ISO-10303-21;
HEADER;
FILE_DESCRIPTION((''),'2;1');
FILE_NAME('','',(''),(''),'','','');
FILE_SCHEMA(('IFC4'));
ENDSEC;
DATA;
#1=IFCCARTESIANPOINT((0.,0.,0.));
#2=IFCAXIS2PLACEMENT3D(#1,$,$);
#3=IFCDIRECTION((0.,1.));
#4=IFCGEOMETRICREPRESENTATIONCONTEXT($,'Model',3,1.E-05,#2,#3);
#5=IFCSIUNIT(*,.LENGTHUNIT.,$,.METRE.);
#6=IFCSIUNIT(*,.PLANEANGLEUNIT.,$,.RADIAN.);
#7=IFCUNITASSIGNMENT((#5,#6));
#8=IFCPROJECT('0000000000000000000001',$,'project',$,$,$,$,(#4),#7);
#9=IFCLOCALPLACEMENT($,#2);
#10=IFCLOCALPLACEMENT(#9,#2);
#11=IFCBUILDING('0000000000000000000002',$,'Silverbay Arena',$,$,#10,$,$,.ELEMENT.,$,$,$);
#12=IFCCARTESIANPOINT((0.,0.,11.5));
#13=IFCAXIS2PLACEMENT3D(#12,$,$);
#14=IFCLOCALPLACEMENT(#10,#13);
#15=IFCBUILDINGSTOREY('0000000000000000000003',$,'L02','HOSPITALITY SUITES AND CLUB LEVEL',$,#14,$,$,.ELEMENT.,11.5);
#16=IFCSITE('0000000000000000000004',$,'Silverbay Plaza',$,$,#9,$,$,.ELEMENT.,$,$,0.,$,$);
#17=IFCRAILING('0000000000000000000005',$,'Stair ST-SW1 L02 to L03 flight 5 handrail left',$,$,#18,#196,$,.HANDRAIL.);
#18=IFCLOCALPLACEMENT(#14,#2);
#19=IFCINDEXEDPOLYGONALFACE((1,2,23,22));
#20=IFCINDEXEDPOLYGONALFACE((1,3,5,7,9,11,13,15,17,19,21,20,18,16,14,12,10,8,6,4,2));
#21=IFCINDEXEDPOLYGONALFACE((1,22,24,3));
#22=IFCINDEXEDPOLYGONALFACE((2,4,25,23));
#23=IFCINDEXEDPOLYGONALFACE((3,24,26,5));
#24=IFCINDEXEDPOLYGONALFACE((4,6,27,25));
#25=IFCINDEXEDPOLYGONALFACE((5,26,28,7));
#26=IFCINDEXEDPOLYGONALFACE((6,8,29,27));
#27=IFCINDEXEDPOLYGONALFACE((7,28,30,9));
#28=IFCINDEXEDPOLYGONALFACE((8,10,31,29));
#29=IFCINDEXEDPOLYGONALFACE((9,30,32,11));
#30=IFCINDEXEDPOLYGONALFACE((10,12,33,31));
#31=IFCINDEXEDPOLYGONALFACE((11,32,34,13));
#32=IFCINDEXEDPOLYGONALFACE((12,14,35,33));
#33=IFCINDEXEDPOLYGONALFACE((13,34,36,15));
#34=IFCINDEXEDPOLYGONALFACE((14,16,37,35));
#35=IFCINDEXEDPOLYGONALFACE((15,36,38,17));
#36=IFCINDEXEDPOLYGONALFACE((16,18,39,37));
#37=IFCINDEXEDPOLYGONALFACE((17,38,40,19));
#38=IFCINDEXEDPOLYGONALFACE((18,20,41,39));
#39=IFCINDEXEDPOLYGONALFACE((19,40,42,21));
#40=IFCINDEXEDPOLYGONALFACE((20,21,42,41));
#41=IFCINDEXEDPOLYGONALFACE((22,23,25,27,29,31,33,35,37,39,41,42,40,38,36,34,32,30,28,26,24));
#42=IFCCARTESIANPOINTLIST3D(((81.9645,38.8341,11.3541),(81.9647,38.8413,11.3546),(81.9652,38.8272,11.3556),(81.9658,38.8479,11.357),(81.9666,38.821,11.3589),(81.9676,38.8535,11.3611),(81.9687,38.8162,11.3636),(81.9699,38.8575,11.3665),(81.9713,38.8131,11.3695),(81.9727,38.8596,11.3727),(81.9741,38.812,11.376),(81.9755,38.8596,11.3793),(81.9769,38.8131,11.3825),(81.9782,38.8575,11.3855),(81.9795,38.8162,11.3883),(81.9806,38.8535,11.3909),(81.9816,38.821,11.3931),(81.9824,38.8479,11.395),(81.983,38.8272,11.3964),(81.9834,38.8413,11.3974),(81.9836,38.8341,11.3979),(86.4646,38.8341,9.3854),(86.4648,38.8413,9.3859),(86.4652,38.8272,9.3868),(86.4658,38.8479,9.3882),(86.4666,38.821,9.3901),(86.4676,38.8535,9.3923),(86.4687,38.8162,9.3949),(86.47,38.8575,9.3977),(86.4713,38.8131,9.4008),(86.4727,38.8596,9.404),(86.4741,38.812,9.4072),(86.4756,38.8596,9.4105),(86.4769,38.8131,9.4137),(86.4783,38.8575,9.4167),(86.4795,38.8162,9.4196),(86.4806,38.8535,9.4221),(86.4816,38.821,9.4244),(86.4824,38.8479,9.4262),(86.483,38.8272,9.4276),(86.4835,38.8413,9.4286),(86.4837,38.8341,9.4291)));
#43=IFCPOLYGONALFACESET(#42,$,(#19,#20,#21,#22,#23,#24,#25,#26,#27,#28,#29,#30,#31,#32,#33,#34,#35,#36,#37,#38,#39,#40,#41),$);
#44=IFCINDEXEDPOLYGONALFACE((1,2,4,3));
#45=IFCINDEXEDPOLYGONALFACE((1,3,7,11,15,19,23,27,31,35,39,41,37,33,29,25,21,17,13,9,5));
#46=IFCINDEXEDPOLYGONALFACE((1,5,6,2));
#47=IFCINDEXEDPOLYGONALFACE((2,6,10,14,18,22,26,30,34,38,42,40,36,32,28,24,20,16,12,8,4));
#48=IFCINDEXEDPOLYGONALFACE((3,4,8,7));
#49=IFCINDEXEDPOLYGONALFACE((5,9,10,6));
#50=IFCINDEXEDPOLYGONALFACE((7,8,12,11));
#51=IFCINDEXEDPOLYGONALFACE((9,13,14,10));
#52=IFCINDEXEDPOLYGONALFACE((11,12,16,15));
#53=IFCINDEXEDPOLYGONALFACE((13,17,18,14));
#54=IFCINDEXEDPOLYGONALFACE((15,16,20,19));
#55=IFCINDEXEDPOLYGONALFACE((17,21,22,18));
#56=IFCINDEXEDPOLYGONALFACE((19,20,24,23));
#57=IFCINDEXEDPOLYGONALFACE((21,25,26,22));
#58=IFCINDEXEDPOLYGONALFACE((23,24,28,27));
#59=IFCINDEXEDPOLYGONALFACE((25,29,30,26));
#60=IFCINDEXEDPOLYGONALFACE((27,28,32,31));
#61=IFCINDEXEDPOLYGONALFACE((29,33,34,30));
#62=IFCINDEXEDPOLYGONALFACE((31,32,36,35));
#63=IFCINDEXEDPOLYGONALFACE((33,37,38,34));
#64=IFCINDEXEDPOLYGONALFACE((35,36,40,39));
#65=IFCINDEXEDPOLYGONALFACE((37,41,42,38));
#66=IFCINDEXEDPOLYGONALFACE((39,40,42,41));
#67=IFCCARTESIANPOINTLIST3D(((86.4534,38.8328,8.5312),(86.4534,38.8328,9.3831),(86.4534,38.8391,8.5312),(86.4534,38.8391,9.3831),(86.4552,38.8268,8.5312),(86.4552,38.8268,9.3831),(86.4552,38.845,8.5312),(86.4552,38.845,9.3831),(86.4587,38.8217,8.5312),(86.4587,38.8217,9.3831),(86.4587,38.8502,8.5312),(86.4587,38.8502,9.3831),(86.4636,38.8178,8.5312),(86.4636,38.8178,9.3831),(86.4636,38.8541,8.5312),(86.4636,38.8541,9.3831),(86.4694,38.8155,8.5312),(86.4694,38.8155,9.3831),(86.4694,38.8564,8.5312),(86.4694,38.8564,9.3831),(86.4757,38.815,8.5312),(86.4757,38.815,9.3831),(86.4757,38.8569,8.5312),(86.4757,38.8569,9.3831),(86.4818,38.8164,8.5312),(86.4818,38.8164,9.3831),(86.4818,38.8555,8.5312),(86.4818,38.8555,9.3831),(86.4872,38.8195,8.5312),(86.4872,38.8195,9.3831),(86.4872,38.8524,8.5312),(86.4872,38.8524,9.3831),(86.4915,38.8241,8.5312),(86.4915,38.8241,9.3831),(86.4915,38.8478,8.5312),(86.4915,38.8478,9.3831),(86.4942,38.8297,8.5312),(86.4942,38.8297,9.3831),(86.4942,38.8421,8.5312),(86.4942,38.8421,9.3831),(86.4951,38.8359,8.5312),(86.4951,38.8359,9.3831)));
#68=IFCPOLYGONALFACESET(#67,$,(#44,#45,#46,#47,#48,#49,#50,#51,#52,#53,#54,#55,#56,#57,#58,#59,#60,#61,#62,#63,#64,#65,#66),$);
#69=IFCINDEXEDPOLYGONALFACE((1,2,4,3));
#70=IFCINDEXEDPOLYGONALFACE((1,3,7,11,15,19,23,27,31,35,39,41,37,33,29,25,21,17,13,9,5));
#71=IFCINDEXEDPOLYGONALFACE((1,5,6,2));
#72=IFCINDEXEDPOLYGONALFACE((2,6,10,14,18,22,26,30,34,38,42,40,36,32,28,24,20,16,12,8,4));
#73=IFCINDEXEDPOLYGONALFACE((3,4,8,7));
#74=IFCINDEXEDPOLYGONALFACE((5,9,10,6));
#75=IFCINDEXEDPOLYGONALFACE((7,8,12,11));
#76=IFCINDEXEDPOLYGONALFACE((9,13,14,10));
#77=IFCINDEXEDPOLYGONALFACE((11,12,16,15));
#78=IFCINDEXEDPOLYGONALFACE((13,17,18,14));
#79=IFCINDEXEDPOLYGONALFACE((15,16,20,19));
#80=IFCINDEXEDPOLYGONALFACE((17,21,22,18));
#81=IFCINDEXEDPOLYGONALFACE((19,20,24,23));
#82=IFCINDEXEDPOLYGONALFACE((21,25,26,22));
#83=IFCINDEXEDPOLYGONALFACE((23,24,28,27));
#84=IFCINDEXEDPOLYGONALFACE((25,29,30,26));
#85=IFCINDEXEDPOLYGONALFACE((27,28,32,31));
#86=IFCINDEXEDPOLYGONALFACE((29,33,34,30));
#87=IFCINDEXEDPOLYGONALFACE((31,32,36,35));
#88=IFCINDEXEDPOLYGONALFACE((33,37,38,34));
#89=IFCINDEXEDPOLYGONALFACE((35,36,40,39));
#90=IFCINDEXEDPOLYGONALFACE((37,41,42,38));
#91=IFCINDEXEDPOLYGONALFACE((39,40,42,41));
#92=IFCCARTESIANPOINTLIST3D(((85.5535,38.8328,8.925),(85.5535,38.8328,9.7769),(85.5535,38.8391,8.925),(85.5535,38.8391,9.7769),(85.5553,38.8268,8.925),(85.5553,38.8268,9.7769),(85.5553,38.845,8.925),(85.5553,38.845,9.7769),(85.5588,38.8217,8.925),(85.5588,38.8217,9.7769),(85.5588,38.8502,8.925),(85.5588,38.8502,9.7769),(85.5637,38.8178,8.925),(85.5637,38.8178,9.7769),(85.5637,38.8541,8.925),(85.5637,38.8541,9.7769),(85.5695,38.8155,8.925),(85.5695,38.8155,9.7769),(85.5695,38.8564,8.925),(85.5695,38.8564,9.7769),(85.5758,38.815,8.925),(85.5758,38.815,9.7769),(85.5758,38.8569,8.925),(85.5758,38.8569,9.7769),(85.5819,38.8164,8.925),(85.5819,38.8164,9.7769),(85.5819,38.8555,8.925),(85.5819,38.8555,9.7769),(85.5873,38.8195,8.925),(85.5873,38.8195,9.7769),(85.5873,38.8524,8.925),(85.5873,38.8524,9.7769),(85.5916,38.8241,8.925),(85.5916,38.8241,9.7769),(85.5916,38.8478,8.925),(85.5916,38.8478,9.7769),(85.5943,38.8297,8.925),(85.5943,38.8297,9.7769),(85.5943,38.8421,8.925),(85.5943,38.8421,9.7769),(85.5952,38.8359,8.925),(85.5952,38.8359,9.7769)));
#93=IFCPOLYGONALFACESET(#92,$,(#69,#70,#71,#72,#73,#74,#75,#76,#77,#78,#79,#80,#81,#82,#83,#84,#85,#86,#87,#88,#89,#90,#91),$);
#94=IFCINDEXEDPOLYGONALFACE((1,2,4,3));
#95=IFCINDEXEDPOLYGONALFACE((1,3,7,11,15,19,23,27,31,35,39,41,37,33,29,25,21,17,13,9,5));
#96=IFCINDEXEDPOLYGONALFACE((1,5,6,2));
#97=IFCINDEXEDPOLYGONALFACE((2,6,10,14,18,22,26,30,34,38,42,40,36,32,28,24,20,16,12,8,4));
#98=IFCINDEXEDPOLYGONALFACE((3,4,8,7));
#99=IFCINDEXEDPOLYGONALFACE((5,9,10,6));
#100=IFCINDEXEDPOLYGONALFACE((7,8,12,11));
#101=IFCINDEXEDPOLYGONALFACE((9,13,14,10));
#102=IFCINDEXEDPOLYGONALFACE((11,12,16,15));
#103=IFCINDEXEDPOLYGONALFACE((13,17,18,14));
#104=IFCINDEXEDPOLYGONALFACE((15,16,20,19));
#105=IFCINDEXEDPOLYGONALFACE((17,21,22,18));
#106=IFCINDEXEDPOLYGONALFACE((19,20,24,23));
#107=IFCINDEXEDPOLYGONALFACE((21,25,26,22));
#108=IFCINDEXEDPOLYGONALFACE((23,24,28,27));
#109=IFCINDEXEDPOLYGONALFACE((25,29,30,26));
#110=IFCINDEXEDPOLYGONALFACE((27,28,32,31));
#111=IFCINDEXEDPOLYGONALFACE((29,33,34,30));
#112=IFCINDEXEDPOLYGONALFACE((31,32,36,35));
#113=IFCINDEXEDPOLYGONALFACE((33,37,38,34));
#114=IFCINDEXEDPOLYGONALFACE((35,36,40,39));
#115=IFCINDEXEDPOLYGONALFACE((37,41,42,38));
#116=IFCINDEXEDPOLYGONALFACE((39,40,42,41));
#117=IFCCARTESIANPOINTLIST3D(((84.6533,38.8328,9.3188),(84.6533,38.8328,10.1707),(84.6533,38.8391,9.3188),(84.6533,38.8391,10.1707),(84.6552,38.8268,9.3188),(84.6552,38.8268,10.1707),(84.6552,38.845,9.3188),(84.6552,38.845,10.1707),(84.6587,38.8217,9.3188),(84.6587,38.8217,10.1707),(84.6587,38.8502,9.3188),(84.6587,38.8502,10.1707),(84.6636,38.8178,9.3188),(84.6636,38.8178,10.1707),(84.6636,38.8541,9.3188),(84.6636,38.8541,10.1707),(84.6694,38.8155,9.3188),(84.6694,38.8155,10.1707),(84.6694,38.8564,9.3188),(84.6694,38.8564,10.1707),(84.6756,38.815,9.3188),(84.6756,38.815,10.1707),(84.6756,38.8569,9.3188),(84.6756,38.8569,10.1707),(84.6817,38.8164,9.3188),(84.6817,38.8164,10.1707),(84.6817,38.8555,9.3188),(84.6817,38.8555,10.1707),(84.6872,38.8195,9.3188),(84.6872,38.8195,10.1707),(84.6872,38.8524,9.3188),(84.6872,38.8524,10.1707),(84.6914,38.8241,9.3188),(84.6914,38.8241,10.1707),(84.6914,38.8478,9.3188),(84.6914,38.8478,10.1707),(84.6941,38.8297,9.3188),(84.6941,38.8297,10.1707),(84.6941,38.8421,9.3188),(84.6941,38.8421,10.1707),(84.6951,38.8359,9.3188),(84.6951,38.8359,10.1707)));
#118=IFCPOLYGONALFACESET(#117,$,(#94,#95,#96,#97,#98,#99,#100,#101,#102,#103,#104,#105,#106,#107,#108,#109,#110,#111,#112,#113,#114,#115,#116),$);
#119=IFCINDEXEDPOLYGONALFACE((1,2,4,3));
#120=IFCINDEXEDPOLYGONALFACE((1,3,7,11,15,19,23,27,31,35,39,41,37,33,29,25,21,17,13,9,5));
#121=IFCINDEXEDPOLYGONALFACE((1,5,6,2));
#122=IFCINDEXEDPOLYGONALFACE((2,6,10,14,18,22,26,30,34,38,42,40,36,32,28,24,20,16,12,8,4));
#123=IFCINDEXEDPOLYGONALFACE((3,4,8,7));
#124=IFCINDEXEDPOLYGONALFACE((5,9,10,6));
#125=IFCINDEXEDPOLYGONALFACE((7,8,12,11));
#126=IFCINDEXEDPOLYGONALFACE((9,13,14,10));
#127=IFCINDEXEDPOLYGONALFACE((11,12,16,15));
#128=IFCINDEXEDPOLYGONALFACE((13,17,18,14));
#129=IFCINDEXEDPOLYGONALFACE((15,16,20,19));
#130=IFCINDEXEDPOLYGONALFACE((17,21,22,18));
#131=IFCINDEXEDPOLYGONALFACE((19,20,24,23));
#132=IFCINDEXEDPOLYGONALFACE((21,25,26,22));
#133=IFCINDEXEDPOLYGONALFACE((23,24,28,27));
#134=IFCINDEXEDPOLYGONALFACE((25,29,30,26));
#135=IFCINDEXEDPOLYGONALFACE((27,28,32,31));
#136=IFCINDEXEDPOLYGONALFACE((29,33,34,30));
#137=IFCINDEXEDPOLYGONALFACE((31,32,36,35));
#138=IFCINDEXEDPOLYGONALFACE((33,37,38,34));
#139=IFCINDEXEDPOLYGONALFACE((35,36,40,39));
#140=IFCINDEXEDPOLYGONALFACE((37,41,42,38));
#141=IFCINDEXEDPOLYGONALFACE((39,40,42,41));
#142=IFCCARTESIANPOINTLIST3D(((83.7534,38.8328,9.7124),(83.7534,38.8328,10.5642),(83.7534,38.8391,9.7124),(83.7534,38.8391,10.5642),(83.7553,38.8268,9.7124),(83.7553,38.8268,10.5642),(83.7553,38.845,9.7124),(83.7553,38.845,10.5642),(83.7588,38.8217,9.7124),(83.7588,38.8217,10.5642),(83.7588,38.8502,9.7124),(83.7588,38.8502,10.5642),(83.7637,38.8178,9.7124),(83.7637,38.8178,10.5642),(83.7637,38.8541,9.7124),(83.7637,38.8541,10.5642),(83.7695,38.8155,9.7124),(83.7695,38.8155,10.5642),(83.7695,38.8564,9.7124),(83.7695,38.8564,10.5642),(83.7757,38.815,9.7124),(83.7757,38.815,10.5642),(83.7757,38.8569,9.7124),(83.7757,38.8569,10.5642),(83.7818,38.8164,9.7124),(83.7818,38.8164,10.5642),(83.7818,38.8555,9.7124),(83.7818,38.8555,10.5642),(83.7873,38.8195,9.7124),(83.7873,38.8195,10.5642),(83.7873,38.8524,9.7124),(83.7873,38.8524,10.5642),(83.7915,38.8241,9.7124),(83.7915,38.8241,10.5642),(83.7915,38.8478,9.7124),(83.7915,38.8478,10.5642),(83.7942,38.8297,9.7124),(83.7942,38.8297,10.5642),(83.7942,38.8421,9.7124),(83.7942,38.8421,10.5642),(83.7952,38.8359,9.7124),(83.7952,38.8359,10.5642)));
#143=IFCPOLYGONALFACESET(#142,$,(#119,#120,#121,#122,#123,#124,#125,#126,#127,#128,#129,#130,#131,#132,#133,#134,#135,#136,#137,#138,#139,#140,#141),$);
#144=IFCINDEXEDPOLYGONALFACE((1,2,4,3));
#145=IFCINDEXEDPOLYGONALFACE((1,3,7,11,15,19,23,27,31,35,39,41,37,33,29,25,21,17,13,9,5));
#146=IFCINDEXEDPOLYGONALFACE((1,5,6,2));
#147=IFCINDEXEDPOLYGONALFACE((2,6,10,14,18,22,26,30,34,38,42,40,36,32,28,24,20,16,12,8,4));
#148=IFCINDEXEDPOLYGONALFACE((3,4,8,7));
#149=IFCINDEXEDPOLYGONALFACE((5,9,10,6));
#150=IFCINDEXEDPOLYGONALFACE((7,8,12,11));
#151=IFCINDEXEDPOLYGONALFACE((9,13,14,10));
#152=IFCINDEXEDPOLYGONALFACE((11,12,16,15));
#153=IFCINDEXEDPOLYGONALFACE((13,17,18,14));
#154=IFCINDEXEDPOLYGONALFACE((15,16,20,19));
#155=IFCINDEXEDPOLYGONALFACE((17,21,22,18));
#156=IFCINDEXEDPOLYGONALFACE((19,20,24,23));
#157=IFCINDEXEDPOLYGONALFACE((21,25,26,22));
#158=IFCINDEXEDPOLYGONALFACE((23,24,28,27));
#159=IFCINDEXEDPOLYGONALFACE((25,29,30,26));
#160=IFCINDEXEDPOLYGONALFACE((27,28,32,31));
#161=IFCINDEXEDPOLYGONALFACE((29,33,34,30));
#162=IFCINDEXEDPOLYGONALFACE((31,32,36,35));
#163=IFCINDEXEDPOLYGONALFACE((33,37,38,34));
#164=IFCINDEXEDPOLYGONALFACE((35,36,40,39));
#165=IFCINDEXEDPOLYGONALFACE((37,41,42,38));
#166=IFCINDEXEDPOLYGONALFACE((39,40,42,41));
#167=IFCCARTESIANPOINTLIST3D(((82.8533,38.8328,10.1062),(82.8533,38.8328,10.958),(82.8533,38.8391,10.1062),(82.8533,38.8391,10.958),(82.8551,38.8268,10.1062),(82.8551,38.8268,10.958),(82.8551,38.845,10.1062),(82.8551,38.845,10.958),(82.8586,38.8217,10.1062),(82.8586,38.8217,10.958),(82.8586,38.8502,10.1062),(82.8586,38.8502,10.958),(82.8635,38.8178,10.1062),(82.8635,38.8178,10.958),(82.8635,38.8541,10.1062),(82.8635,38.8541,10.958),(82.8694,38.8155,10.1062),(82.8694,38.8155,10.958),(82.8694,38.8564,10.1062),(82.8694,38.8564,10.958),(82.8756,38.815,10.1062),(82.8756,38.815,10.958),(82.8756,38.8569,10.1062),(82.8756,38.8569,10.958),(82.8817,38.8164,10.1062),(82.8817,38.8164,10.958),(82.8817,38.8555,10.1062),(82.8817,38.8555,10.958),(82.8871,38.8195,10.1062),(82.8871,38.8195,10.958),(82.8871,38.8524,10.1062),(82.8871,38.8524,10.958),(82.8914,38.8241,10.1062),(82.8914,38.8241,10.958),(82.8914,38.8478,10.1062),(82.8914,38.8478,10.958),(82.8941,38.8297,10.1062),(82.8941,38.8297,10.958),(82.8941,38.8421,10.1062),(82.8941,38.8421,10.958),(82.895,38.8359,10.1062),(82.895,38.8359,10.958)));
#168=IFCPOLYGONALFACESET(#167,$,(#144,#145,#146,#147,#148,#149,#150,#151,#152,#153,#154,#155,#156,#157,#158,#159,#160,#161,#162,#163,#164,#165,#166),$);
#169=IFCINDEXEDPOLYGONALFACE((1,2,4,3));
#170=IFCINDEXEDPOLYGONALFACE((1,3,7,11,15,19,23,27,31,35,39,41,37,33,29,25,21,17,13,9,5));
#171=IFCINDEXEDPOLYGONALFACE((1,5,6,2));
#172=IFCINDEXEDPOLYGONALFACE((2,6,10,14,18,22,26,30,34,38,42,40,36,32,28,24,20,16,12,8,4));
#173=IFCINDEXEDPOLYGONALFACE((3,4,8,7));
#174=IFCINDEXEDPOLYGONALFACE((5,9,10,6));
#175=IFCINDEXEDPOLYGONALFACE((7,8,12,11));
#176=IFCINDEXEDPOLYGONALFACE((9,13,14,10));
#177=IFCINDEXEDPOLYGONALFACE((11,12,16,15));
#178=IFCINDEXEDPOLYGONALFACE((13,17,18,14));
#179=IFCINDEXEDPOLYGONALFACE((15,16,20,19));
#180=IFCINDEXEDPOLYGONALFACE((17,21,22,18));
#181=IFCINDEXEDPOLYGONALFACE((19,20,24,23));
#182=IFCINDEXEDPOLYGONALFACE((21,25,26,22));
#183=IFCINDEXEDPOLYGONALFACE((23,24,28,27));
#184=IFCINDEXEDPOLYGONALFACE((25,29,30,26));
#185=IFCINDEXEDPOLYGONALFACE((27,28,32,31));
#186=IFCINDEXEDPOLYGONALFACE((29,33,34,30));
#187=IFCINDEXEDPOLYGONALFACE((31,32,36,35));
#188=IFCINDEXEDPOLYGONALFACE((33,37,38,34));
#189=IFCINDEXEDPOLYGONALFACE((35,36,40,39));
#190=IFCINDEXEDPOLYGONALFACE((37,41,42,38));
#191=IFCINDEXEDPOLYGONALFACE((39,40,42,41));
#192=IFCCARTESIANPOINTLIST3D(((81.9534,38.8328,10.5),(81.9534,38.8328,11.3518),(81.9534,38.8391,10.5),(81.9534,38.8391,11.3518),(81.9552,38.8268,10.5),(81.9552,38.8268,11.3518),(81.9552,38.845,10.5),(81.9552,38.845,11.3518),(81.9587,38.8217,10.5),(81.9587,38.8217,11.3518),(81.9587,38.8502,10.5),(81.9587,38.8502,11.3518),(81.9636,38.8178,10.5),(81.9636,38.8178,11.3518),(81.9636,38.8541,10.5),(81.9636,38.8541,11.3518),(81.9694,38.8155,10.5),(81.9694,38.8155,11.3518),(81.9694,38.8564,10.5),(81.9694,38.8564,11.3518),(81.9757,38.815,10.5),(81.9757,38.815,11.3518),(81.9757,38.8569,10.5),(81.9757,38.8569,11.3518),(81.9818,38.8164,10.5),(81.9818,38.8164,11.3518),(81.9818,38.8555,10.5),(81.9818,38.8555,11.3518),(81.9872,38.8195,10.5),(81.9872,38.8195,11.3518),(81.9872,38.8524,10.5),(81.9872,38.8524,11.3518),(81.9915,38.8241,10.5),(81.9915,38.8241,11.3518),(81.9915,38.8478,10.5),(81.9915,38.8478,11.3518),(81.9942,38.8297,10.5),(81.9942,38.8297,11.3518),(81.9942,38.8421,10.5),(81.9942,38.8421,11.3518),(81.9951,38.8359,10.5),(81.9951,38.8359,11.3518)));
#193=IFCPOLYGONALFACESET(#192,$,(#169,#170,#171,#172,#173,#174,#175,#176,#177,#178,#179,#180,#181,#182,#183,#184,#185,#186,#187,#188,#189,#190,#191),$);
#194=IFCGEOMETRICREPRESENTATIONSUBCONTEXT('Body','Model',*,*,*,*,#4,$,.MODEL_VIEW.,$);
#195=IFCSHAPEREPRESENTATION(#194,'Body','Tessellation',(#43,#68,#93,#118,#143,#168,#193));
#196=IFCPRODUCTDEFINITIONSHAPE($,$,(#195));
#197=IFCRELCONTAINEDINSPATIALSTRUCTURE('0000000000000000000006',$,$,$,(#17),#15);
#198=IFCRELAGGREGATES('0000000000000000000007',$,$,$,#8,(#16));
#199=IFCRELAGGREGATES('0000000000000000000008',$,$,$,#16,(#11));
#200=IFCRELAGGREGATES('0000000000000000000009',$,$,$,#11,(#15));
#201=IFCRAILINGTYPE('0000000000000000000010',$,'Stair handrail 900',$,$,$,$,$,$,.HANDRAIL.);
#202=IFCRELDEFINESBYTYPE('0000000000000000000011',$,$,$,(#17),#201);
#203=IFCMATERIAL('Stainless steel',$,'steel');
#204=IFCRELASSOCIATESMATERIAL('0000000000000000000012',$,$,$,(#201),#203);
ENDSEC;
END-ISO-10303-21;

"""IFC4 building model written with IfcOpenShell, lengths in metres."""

from ifc_helpers import new_model, si_unit, direction, frame, origin, origin_2d, place, context, subcontext, project, spatial, circle, extrude, material, type_object, element, save


model = new_model("IFC4")

# Units and contexts
model_context = context("Model", 3, precision=1e-05, world=origin(), true_north=direction((0.0, 1.0)))
body_context = subcontext(model_context, "Body", "Model", "MODEL_VIEW")
ifc_project = project(units=[si_unit("LENGTHUNIT", "METRE"), si_unit("PLANEANGLEUNIT", "RADIAN")], contexts=[model_context])

# Site, building, storey
site_placement = place(None, origin())
site = spatial("IfcSite", under=ifc_project, at=site_placement, Name="Silverbay Plaza", CompositionType="ELEMENT", RefElevation=0.0)
building_placement = place(site_placement, origin())
building = spatial("IfcBuilding", under=site, at=building_placement, Name="Silverbay Arena", CompositionType="ELEMENT")
storey_placement = place(building_placement, frame((0.0, 0.0, 11.5)))
storey = spatial("IfcBuildingStorey", under=building, at=storey_placement, Name="L02", Description="HOSPITALITY SUITES AND CLUB LEVEL", CompositionType="ELEMENT", Elevation=11.5)

# Railing
ifc_material_1 = material(Name="Stainless steel", Category="steel")
railing_type_1 = type_object("IfcRailingType", Name="Stair handrail 900", PredefinedType="HANDRAIL", material=ifc_material_1)
for number, where, name in (
    (1, (86.4741, 38.8359, 8.5312), "Stair ST-SW1 L02 to L03 flight 5 handrail left"),
):
    element("IfcRailing", number, at=place(storey_placement, frame(where)), inside=storey, type_object=railing_type_1, Name=name, PredefinedType="HANDRAIL", context=body_context, shape_type="SweptSolid", body=[
        extrude(circle(Radius=0.0239, at=origin_2d()), frame((0.0, 0.0, 0.876), z_axis=(-0.916157, 0.0, 0.400819), x_axis=(0.0, -1.0, 0.0)), (0.0, 0.0, 1.0), 4.9119),
        extrude(circle(Radius=0.021, at=origin_2d()), origin(), (0.0, 0.0, 1.0), 0.8518),
        extrude(circle(Radius=0.021, at=origin_2d()), frame((-0.8999, 0.0, 0.3938)), (0.0, 0.0, 1.0), 0.8518),
        extrude(circle(Radius=0.021, at=origin_2d()), frame((-1.8, 0.0, 0.7876)), (0.0, 0.0, 1.0), 0.8518),
        extrude(circle(Radius=0.021, at=origin_2d()), frame((-2.7, 0.0, 1.1812)), (0.0, 0.0, 1.0), 0.8518),
        extrude(circle(Radius=0.021, at=origin_2d()), frame((-3.6001, 0.0, 1.575)), (0.0, 0.0, 1.0), 0.8518),
        extrude(circle(Radius=0.021, at=origin_2d()), frame((-4.5, 0.0, 1.9688)), (0.0, 0.0, 1.0), 0.8518),
    ])

save(model, "model.ifc")
